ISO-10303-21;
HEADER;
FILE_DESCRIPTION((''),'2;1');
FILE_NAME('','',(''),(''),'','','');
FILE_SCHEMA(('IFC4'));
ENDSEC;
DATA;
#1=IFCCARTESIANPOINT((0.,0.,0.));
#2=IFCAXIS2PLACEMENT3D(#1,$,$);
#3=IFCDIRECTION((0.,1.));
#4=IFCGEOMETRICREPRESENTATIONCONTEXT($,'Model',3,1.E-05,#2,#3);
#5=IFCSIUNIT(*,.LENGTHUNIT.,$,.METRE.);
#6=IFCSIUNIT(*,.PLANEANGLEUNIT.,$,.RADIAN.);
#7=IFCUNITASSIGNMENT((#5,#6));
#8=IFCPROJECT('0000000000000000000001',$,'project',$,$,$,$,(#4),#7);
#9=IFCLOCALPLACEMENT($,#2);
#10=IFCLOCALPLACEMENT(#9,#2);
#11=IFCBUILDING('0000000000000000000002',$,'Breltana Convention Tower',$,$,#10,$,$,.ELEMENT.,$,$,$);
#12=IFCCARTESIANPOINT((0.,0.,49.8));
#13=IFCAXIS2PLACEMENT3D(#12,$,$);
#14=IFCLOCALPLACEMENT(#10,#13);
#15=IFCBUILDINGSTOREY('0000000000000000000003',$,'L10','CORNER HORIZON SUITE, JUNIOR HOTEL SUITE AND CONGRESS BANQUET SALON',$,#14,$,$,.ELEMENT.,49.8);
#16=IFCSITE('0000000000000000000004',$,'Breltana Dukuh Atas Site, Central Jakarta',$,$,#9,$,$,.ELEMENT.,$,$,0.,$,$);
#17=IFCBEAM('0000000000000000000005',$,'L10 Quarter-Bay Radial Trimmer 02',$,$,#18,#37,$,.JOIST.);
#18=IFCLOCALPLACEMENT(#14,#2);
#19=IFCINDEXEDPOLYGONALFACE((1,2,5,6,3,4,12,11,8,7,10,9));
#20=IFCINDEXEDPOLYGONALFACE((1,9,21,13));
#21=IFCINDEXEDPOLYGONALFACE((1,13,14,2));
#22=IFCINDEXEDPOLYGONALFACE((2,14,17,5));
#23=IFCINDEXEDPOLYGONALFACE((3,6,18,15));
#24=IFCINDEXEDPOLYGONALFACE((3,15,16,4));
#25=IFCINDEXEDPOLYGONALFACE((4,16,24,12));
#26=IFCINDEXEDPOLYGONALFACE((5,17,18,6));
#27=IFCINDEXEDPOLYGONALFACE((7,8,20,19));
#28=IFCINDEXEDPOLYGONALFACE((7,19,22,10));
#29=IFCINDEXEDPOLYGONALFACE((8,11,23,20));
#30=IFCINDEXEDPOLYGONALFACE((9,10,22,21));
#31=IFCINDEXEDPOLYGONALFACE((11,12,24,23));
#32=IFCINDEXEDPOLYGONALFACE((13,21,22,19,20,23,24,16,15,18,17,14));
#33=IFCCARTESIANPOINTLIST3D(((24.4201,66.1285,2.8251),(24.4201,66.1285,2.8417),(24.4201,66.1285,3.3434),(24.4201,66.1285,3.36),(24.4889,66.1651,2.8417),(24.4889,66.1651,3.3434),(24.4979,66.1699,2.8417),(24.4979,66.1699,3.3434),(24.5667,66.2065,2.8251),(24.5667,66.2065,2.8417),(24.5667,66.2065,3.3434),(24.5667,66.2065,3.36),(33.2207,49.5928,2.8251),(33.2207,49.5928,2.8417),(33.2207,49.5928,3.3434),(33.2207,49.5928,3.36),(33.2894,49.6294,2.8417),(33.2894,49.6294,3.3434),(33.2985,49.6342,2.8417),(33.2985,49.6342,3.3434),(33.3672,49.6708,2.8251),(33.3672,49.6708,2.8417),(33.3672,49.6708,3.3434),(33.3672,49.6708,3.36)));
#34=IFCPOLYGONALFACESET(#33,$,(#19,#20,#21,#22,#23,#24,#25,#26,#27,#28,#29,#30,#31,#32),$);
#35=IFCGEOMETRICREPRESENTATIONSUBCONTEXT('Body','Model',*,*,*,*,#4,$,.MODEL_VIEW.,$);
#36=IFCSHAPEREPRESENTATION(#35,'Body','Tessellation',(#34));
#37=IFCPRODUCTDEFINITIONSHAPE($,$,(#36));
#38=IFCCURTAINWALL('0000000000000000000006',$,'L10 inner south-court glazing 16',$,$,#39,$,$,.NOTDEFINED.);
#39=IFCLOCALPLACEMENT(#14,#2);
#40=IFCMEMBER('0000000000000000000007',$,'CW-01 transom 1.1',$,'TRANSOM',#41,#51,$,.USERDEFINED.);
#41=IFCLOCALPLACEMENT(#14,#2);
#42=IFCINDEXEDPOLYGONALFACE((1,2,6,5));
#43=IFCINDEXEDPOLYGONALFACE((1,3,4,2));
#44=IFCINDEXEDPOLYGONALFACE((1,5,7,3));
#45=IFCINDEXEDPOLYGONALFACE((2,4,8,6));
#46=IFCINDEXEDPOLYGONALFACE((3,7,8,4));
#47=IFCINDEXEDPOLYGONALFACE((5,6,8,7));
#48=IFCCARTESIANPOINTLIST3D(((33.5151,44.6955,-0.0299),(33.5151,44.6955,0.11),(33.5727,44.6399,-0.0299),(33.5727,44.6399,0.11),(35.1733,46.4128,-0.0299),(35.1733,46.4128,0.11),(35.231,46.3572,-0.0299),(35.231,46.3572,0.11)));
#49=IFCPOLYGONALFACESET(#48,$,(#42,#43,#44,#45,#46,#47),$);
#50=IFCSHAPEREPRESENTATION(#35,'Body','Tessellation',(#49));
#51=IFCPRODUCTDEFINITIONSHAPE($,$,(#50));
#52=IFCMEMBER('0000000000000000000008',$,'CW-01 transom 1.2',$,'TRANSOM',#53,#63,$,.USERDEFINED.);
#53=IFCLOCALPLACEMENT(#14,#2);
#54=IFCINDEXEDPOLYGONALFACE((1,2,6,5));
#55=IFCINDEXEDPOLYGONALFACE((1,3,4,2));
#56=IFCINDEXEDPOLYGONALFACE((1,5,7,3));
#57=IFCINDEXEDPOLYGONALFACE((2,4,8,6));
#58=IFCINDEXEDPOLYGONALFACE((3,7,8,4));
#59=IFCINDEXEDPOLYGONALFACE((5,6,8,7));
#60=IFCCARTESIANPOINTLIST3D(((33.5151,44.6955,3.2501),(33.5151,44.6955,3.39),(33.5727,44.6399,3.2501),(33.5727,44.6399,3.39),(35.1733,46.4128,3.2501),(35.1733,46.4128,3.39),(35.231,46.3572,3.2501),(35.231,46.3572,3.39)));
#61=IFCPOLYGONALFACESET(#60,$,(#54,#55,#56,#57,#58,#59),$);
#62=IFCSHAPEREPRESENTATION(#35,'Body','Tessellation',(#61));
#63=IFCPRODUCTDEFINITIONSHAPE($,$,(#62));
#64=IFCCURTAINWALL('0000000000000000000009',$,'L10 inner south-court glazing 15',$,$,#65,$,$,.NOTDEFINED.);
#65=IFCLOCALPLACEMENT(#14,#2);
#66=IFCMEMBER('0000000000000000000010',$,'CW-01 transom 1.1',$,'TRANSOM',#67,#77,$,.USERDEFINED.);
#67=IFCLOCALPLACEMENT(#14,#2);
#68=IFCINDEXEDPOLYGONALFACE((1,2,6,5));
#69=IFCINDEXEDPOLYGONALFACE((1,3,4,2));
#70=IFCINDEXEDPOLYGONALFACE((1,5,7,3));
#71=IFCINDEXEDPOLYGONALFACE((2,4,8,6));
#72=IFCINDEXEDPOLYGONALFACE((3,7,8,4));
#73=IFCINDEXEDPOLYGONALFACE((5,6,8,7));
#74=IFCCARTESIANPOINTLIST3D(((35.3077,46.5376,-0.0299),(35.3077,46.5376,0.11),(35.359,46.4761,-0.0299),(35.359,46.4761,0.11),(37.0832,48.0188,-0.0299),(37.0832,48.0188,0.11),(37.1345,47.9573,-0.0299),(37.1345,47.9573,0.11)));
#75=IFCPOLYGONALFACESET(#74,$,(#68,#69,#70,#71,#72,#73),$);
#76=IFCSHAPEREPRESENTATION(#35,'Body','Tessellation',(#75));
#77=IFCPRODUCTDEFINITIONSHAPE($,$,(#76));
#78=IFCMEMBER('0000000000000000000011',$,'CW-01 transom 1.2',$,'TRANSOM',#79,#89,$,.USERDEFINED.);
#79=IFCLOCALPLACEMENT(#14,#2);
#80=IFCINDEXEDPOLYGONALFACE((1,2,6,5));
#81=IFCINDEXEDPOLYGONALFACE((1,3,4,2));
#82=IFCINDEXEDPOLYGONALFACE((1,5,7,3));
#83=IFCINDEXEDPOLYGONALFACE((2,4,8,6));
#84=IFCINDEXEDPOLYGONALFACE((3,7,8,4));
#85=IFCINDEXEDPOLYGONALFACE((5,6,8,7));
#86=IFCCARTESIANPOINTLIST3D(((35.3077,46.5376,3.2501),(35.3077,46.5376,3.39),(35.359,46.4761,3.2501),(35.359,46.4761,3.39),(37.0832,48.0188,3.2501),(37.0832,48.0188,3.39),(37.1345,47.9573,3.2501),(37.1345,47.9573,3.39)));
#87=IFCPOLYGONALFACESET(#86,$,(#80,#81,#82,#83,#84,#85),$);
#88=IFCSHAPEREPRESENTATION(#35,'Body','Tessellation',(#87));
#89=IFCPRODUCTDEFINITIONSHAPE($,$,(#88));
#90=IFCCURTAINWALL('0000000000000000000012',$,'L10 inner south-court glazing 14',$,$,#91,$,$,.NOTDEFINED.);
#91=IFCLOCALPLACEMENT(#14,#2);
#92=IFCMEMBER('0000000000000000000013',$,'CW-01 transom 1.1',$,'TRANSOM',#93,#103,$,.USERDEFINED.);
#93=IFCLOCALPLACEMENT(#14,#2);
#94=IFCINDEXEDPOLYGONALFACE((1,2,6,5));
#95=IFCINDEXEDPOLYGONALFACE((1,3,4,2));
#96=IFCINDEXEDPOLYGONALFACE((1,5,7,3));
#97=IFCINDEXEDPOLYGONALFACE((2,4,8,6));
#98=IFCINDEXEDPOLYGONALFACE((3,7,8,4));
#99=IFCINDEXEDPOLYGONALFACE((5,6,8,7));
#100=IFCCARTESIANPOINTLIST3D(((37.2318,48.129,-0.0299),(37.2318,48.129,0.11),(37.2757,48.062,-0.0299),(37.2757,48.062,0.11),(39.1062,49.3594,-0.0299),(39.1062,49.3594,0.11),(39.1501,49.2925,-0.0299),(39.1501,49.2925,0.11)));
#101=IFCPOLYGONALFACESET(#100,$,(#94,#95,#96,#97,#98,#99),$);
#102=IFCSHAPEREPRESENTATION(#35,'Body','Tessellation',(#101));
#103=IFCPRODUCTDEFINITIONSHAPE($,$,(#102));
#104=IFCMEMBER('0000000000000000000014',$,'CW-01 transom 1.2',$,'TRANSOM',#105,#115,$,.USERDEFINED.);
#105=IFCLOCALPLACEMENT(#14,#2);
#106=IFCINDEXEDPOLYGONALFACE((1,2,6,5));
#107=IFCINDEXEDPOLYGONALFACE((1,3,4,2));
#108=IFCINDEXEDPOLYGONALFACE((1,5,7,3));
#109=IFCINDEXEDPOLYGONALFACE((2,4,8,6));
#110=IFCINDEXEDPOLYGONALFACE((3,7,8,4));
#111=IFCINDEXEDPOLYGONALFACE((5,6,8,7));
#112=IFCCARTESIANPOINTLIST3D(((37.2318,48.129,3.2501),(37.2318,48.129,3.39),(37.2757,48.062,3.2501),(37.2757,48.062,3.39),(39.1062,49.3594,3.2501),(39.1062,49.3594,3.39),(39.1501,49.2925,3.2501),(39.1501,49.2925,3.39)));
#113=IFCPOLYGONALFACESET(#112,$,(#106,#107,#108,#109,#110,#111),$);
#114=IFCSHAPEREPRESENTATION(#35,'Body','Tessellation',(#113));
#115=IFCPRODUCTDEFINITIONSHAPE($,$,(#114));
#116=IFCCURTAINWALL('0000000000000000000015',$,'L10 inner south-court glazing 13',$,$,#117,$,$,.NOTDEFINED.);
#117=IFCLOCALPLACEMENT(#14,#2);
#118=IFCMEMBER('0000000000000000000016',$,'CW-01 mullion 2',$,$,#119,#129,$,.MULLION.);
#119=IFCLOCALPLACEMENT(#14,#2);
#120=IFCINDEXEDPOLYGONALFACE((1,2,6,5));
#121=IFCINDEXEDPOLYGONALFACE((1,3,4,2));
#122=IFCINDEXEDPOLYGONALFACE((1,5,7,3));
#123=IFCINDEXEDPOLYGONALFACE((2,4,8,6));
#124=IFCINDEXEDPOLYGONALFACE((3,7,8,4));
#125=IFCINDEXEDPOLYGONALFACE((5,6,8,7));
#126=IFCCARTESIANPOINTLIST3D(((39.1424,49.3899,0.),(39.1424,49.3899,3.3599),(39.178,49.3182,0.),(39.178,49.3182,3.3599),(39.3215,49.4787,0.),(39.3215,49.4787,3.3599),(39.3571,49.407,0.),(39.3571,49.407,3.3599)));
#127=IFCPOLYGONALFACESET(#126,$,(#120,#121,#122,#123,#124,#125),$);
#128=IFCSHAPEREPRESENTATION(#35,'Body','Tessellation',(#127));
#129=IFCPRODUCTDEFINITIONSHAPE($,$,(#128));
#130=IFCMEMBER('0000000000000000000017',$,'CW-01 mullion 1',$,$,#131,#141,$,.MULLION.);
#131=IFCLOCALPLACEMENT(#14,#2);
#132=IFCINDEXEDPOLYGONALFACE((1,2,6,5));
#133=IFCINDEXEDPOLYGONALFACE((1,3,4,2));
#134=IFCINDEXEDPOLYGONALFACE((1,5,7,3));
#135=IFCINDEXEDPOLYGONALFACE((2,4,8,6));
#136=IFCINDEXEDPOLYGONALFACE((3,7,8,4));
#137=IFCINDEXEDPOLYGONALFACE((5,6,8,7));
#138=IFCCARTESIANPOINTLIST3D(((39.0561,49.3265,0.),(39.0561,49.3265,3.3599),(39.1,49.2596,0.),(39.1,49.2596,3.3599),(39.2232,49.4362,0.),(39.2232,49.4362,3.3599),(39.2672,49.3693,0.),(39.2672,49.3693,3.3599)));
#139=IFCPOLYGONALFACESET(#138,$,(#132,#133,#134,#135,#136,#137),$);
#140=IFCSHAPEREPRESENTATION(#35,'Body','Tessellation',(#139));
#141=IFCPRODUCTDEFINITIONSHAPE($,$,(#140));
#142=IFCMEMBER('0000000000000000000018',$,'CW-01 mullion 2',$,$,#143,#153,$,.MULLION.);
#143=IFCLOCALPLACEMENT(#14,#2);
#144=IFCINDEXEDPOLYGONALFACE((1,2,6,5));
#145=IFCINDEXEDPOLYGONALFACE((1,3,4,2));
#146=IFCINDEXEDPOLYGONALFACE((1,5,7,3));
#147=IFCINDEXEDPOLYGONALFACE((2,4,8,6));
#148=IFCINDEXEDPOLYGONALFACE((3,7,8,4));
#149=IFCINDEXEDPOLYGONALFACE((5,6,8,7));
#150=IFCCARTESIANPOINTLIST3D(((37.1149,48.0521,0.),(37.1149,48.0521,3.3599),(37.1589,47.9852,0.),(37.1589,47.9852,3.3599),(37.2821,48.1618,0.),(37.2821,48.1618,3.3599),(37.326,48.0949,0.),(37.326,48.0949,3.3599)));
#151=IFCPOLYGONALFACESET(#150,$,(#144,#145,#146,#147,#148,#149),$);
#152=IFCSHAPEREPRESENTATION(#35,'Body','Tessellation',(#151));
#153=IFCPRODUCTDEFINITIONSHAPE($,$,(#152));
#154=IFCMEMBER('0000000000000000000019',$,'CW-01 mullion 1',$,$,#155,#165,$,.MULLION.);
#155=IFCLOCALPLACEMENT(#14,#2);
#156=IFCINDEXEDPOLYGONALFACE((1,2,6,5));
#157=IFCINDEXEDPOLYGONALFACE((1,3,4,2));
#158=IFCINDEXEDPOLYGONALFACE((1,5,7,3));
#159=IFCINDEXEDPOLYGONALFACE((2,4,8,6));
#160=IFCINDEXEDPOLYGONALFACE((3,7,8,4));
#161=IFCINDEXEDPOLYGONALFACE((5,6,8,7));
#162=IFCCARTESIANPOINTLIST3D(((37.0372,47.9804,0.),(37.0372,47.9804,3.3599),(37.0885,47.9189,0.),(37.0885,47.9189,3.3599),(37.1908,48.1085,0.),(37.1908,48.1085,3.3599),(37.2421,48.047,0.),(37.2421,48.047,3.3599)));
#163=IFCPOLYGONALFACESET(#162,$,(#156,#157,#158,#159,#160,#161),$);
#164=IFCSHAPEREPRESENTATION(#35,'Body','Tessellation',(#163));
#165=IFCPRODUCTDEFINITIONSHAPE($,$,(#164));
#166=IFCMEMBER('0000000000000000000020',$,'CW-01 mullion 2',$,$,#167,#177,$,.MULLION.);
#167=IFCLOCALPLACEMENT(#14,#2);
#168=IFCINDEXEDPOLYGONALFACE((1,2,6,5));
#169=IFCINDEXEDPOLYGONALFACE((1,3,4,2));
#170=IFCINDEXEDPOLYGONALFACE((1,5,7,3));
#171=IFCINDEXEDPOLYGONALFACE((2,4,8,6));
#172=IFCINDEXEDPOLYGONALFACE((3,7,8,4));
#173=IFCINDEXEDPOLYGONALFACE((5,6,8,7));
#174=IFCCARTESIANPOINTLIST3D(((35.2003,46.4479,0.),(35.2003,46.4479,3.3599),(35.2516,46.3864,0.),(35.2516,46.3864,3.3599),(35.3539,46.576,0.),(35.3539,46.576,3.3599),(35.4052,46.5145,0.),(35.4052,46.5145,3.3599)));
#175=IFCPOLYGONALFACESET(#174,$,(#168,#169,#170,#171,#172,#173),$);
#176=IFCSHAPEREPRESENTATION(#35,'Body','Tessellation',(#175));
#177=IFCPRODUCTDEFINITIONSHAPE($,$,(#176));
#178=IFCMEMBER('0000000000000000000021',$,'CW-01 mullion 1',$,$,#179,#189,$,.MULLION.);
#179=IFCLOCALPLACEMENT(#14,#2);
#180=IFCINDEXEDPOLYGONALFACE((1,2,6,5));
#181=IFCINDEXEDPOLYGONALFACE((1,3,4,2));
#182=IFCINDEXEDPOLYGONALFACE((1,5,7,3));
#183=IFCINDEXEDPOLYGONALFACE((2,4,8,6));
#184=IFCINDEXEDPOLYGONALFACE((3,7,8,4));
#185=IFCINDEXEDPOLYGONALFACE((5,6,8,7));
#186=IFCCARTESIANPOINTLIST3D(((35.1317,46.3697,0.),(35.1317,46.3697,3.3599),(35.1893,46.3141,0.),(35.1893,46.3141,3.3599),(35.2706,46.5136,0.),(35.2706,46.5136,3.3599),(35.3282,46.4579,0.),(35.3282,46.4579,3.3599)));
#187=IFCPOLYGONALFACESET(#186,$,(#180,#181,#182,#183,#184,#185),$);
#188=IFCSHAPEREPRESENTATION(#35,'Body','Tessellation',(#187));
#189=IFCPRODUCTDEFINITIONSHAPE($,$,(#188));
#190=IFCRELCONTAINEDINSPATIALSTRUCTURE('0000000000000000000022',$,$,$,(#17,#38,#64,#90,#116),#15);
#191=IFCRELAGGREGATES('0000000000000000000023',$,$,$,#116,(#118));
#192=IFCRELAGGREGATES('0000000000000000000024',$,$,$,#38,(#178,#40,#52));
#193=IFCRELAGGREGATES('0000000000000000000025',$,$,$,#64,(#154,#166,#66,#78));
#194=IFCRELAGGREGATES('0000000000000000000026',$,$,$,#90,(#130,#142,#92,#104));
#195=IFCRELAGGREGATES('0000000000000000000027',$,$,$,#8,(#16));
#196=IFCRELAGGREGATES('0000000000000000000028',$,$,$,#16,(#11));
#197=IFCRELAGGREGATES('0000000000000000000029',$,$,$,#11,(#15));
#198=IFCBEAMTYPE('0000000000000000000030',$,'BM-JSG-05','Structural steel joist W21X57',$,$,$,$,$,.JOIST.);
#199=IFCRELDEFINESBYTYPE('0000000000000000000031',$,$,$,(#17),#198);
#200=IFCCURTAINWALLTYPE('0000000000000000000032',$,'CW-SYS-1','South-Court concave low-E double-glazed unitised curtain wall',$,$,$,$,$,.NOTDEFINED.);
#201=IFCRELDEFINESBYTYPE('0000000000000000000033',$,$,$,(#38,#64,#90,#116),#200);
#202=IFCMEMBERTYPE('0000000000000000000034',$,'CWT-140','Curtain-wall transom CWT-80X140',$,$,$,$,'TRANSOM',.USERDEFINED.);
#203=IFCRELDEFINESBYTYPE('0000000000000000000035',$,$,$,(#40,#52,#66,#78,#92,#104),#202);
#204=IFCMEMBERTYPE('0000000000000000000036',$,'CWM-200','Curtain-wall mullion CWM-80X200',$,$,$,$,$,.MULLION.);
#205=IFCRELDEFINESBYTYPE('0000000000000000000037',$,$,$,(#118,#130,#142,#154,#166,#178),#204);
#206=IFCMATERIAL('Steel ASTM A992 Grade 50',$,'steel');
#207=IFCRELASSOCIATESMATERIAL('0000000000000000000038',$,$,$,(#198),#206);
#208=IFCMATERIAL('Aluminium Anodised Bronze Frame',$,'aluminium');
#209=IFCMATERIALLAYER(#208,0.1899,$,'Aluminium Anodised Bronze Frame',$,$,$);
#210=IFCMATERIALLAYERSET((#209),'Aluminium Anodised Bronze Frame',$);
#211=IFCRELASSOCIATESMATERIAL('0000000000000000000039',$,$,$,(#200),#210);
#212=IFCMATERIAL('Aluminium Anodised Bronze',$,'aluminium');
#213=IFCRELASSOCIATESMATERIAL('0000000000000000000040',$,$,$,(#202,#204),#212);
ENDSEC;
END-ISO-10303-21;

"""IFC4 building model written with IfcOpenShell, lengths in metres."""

from ifc_helpers import new_model, si_unit, direction, frame, origin, origin_2d, place, context, subcontext, project, spatial, rectangle, i_section, extrude, source, transform, mapped, material, layer, layer_set, material_profile, profile_set, type_object, type_shapes, element, aggregate, save


model = new_model("IFC4")

# Units and contexts
model_context = context("Model", 3, precision=1e-05, world=origin(), true_north=direction((0.0, 1.0)))
body_context = subcontext(model_context, "Body", "Model", "MODEL_VIEW")
ifc_project = project(units=[si_unit("LENGTHUNIT", "METRE"), si_unit("PLANEANGLEUNIT", "RADIAN")], contexts=[model_context])

# Site, building, storey
site_placement = place(None, origin())
site = spatial("IfcSite", under=ifc_project, at=site_placement, Name="Breltana Dukuh Atas Site, Central Jakarta", CompositionType="ELEMENT", RefElevation=0.0)
building_placement = place(site_placement, origin())
building = spatial("IfcBuilding", under=site, at=building_placement, Name="Breltana Convention Tower", CompositionType="ELEMENT")
storey_placement = place(building_placement, frame((0.0, 0.0, 49.8)))
storey = spatial("IfcBuildingStorey", under=building, at=storey_placement, Name="L10", Description="CORNER HORIZON SUITE, JUNIOR HOTEL SUITE AND CONGRESS BANQUET SALON", CompositionType="ELEMENT", Elevation=49.8)

# Beam
ifc_material_1 = material(Name="Steel ASTM A992 Grade 50", Category="steel")
ifc_material_profile_1 = material_profile(ifc_material_1, i_section(OverallWidth=0.166, OverallDepth=0.5349, WebThickness=0.0103, FlangeThickness=0.0166, at=origin_2d()), Name="W21X57")
ifc_profile_set_1 = profile_set([ifc_material_profile_1], Name="Steel ASTM A992 Grade 50")
beam_type_1 = type_object("IfcBeamType", Name="BM-JSG-05", Description="Structural steel joist W21X57", PredefinedType="JOIST", material=ifc_profile_set_1)
shared_shape_1 = source(origin(), body_context, "Body", "SweptSolid", [
    extrude(i_section(OverallWidth=0.166, OverallDepth=0.5349, WebThickness=0.0103, FlangeThickness=0.0166, at=origin_2d()), origin(), (0.0, 0.0, 1.0), 18.7317),
])
beam_1_placement = place(storey_placement, frame((33.2939, 49.6318, 3.0925), z_axis=(-0.46982, 0.882762, 0.0), x_axis=(-0.882762, -0.46982, 0.0)))
element("IfcBeam", 1, at=beam_1_placement, inside=storey, type_object=beam_type_1, Name="L10 Quarter-Bay Radial Trimmer 02", PredefinedType="JOIST", context=body_context, shape_type="MappedRepresentation", body=[
    mapped(shared_shape_1, transform((0.0, 0.0, 0.0), scale=1.0)),
])

# Curtain walls, members
ifc_material_2 = material(Name="Aluminium Anodised Bronze Frame", Category="aluminium")
ifc_layer_1 = layer(ifc_material_2, 0.1899, Name="Aluminium Anodised Bronze Frame")
ifc_layer_set_1 = layer_set([ifc_layer_1], Name="Aluminium Anodised Bronze Frame")
curtain_wall_type = type_object("IfcCurtainWallType", Name="CW-SYS-1", Description="South-Court concave low-E double-glazed unitised curtain wall", PredefinedType="NOTDEFINED", material=ifc_layer_set_1)
curtain_wall_1_placement = place(storey_placement, origin())
curtain_wall_1 = element("IfcCurtainWall", 2, at=curtain_wall_1_placement, inside=storey, type_object=curtain_wall_type, Name="L10 inner south-court glazing 16", PredefinedType="NOTDEFINED")
ifc_material_3 = material(Name="Aluminium Anodised Bronze", Category="aluminium")
ifc_material_profile_2 = material_profile(ifc_material_3, rectangle(XDim=0.0801, YDim=0.1399, at=origin_2d()), Name="CWT-80X140")
ifc_profile_set_2 = profile_set([ifc_material_profile_2], Name="Aluminium Anodised Bronze")
member_type_1 = type_object("IfcMemberType", Name="CWT-140", Description="Curtain-wall transom CWT-80X140", ElementType="TRANSOM", PredefinedType="USERDEFINED", material=ifc_profile_set_2)
shared_shape_2 = source(origin(), body_context, "Body", "SweptSolid", [
    extrude(rectangle(XDim=0.0801, YDim=0.1399, at=origin_2d()), origin(), (0.0, 0.0, 1.0), 2.3872),
])
type_shapes(member_type_1, [shared_shape_2])
member_1_placement = place(storey_placement, frame((35.2021, 46.385, 0.04), z_axis=(-0.694624, -0.719373, 0.0), x_axis=(0.719373, -0.694624, 0.0)))
member_1 = element("IfcMember", 3, at=member_1_placement, type_object=member_type_1, Name="CW-01 transom 1.1", ObjectType="TRANSOM", PredefinedType="USERDEFINED", context=body_context, shape_type="MappedRepresentation", body=[
    mapped(shared_shape_2, transform((0.0, 0.0, 0.0), scale=1.0)),
])
member_2_placement = place(storey_placement, frame((35.2021, 46.385, 3.3201), z_axis=(-0.694624, -0.719373, 0.0), x_axis=(0.719373, -0.694624, 0.0)))
member_2 = element("IfcMember", 4, at=member_2_placement, type_object=member_type_1, Name="CW-01 transom 1.2", ObjectType="TRANSOM", PredefinedType="USERDEFINED", context=body_context, shape_type="MappedRepresentation", body=[
    mapped(shared_shape_2, transform((0.0, 0.0, 0.0), scale=1.0)),
])
curtain_wall_2_placement = place(storey_placement, origin())
curtain_wall_2 = element("IfcCurtainWall", 5, at=curtain_wall_2_placement, inside=storey, type_object=curtain_wall_type, Name="L10 inner south-court glazing 15", PredefinedType="NOTDEFINED")
shared_shape_3 = source(origin(), body_context, "Body", "SweptSolid", [
    extrude(rectangle(XDim=0.0801, YDim=0.1399, at=origin_2d()), origin(), (0.0, 0.0, 1.0), 2.3123),
])
member_3_placement = place(storey_placement, frame((37.1089, 47.988, 0.04), z_axis=(-0.767901, -0.640569, 0.0), x_axis=(0.640569, -0.767901, 0.0)))
member_3 = element("IfcMember", 6, at=member_3_placement, type_object=member_type_1, Name="CW-01 transom 1.1", ObjectType="TRANSOM", PredefinedType="USERDEFINED", context=body_context, shape_type="MappedRepresentation", body=[
    mapped(shared_shape_3, transform((0.0, 0.0, 0.0), scale=1.0)),
])
member_4_placement = place(storey_placement, frame((37.1089, 47.988, 3.3201), z_axis=(-0.767901, -0.640569, 0.0), x_axis=(0.640569, -0.767901, 0.0)))
member_4 = element("IfcMember", 7, at=member_4_placement, type_object=member_type_1, Name="CW-01 transom 1.2", ObjectType="TRANSOM", PredefinedType="USERDEFINED", context=body_context, shape_type="MappedRepresentation", body=[
    mapped(shared_shape_3, transform((0.0, 0.0, 0.0), scale=1.0)),
])
curtain_wall_3_placement = place(storey_placement, origin())
curtain_wall_3 = element("IfcCurtainWall", 8, at=curtain_wall_3_placement, inside=storey, type_object=curtain_wall_type, Name="L10 inner south-court glazing 14", PredefinedType="NOTDEFINED")
shared_shape_4 = source(origin(), body_context, "Body", "SweptSolid", [
    extrude(rectangle(XDim=0.0801, YDim=0.1399, at=origin_2d()), origin(), (0.0, 0.0, 1.0), 2.2422),
])
member_5_placement = place(storey_placement, frame((39.1282, 49.3259, 0.04), z_axis=(-0.835982, -0.548756, 0.0), x_axis=(0.548756, -0.835982, 0.0)))
member_5 = element("IfcMember", 9, at=member_5_placement, type_object=member_type_1, Name="CW-01 transom 1.1", ObjectType="TRANSOM", PredefinedType="USERDEFINED", context=body_context, shape_type="MappedRepresentation", body=[
    mapped(shared_shape_4, transform((0.0, 0.0, 0.0), scale=1.0)),
])
member_6_placement = place(storey_placement, frame((39.1282, 49.3259, 3.3201), z_axis=(-0.835982, -0.548756, 0.0), x_axis=(0.548756, -0.835982, 0.0)))
member_6 = element("IfcMember", 10, at=member_6_placement, type_object=member_type_1, Name="CW-01 transom 1.2", ObjectType="TRANSOM", PredefinedType="USERDEFINED", context=body_context, shape_type="MappedRepresentation", body=[
    mapped(shared_shape_4, transform((0.0, 0.0, 0.0), scale=1.0)),
])

# Curtain wall, member
curtain_wall_4_placement = place(storey_placement, origin())
curtain_wall_4 = element("IfcCurtainWall", 11, at=curtain_wall_4_placement, inside=storey, type_object=curtain_wall_type, Name="L10 inner south-court glazing 13", PredefinedType="NOTDEFINED")
ifc_material_profile_3 = material_profile(ifc_material_3, rectangle(XDim=0.0801, YDim=0.2, at=origin_2d()), Name="CWM-80X200")
ifc_profile_set_3 = profile_set([ifc_material_profile_3], Name="Aluminium Anodised Bronze")
member_type_2 = type_object("IfcMemberType", Name="CWM-200", Description="Curtain-wall mullion CWM-80X200", PredefinedType="MULLION", material=ifc_profile_set_3)
shared_shape_5 = source(origin(), body_context, "Body", "SweptSolid", [
    extrude(rectangle(XDim=0.0801, YDim=0.2, at=origin_2d()), origin(), (0.0, 0.0, 1.0), 3.3599),
])
member_7_placement = place(storey_placement, frame((39.2498, 49.3984, 0.0), z_axis=(0.0, 0.0, 1.0), x_axis=(0.444118, -0.895968, 0.0)))
member_7 = element("IfcMember", 12, at=member_7_placement, type_object=member_type_2, Name="CW-01 mullion 2", PredefinedType="MULLION", context=body_context, shape_type="MappedRepresentation", body=[
    mapped(shared_shape_5, transform((0.0, 0.0, 0.0), scale=1.0)),
])
aggregate(curtain_wall_4, [member_7])

# Members
member_8_placement = place(storey_placement, frame((39.1616, 49.3479, 0.0), z_axis=(0.0, 0.0, 1.0), x_axis=(0.548778, -0.835968, 0.0)))
member_8 = element("IfcMember", 13, at=member_8_placement, type_object=member_type_2, Name="CW-01 mullion 1", PredefinedType="MULLION", context=body_context, shape_type="MappedRepresentation", body=[
    mapped(shared_shape_5, transform((0.0, 0.0, 0.0), scale=1.0)),
])
member_9_placement = place(storey_placement, frame((37.2205, 48.0735, 0.0), z_axis=(0.0, 0.0, 1.0), x_axis=(0.548778, -0.835968, 0.0)))
member_9 = element("IfcMember", 14, at=member_9_placement, type_object=member_type_2, Name="CW-01 mullion 2", PredefinedType="MULLION", context=body_context, shape_type="MappedRepresentation", body=[
    mapped(shared_shape_5, transform((0.0, 0.0, 0.0), scale=1.0)),
])
member_10_placement = place(storey_placement, frame((37.1396, 48.0137, 0.0), z_axis=(0.0, 0.0, 1.0), x_axis=(0.640523, -0.767939, 0.0)))
member_10 = element("IfcMember", 15, at=member_10_placement, type_object=member_type_2, Name="CW-01 mullion 1", PredefinedType="MULLION", context=body_context, shape_type="MappedRepresentation", body=[
    mapped(shared_shape_5, transform((0.0, 0.0, 0.0), scale=1.0)),
])
member_11_placement = place(storey_placement, frame((35.3027, 46.4812, 0.0), z_axis=(0.0, 0.0, 1.0), x_axis=(0.640523, -0.767939, 0.0)))
member_11 = element("IfcMember", 16, at=member_11_placement, type_object=member_type_2, Name="CW-01 mullion 2", PredefinedType="MULLION", context=body_context, shape_type="MappedRepresentation", body=[
    mapped(shared_shape_5, transform((0.0, 0.0, 0.0), scale=1.0)),
])
member_12_placement = place(storey_placement, frame((35.23, 46.4138, 0.0), z_axis=(0.0, 0.0, 1.0), x_axis=(0.719385, -0.694612, 0.0)))
member_12 = element("IfcMember", 17, at=member_12_placement, type_object=member_type_2, Name="CW-01 mullion 1", PredefinedType="MULLION", context=body_context, shape_type="MappedRepresentation", body=[
    mapped(shared_shape_5, transform((0.0, 0.0, 0.0), scale=1.0)),
])
aggregate(curtain_wall_1, [member_12, member_1, member_2])

aggregate(curtain_wall_2, [member_10, member_11, member_3, member_4])
aggregate(curtain_wall_3, [member_8, member_9, member_5, member_6])

save(model, "model.ifc")
